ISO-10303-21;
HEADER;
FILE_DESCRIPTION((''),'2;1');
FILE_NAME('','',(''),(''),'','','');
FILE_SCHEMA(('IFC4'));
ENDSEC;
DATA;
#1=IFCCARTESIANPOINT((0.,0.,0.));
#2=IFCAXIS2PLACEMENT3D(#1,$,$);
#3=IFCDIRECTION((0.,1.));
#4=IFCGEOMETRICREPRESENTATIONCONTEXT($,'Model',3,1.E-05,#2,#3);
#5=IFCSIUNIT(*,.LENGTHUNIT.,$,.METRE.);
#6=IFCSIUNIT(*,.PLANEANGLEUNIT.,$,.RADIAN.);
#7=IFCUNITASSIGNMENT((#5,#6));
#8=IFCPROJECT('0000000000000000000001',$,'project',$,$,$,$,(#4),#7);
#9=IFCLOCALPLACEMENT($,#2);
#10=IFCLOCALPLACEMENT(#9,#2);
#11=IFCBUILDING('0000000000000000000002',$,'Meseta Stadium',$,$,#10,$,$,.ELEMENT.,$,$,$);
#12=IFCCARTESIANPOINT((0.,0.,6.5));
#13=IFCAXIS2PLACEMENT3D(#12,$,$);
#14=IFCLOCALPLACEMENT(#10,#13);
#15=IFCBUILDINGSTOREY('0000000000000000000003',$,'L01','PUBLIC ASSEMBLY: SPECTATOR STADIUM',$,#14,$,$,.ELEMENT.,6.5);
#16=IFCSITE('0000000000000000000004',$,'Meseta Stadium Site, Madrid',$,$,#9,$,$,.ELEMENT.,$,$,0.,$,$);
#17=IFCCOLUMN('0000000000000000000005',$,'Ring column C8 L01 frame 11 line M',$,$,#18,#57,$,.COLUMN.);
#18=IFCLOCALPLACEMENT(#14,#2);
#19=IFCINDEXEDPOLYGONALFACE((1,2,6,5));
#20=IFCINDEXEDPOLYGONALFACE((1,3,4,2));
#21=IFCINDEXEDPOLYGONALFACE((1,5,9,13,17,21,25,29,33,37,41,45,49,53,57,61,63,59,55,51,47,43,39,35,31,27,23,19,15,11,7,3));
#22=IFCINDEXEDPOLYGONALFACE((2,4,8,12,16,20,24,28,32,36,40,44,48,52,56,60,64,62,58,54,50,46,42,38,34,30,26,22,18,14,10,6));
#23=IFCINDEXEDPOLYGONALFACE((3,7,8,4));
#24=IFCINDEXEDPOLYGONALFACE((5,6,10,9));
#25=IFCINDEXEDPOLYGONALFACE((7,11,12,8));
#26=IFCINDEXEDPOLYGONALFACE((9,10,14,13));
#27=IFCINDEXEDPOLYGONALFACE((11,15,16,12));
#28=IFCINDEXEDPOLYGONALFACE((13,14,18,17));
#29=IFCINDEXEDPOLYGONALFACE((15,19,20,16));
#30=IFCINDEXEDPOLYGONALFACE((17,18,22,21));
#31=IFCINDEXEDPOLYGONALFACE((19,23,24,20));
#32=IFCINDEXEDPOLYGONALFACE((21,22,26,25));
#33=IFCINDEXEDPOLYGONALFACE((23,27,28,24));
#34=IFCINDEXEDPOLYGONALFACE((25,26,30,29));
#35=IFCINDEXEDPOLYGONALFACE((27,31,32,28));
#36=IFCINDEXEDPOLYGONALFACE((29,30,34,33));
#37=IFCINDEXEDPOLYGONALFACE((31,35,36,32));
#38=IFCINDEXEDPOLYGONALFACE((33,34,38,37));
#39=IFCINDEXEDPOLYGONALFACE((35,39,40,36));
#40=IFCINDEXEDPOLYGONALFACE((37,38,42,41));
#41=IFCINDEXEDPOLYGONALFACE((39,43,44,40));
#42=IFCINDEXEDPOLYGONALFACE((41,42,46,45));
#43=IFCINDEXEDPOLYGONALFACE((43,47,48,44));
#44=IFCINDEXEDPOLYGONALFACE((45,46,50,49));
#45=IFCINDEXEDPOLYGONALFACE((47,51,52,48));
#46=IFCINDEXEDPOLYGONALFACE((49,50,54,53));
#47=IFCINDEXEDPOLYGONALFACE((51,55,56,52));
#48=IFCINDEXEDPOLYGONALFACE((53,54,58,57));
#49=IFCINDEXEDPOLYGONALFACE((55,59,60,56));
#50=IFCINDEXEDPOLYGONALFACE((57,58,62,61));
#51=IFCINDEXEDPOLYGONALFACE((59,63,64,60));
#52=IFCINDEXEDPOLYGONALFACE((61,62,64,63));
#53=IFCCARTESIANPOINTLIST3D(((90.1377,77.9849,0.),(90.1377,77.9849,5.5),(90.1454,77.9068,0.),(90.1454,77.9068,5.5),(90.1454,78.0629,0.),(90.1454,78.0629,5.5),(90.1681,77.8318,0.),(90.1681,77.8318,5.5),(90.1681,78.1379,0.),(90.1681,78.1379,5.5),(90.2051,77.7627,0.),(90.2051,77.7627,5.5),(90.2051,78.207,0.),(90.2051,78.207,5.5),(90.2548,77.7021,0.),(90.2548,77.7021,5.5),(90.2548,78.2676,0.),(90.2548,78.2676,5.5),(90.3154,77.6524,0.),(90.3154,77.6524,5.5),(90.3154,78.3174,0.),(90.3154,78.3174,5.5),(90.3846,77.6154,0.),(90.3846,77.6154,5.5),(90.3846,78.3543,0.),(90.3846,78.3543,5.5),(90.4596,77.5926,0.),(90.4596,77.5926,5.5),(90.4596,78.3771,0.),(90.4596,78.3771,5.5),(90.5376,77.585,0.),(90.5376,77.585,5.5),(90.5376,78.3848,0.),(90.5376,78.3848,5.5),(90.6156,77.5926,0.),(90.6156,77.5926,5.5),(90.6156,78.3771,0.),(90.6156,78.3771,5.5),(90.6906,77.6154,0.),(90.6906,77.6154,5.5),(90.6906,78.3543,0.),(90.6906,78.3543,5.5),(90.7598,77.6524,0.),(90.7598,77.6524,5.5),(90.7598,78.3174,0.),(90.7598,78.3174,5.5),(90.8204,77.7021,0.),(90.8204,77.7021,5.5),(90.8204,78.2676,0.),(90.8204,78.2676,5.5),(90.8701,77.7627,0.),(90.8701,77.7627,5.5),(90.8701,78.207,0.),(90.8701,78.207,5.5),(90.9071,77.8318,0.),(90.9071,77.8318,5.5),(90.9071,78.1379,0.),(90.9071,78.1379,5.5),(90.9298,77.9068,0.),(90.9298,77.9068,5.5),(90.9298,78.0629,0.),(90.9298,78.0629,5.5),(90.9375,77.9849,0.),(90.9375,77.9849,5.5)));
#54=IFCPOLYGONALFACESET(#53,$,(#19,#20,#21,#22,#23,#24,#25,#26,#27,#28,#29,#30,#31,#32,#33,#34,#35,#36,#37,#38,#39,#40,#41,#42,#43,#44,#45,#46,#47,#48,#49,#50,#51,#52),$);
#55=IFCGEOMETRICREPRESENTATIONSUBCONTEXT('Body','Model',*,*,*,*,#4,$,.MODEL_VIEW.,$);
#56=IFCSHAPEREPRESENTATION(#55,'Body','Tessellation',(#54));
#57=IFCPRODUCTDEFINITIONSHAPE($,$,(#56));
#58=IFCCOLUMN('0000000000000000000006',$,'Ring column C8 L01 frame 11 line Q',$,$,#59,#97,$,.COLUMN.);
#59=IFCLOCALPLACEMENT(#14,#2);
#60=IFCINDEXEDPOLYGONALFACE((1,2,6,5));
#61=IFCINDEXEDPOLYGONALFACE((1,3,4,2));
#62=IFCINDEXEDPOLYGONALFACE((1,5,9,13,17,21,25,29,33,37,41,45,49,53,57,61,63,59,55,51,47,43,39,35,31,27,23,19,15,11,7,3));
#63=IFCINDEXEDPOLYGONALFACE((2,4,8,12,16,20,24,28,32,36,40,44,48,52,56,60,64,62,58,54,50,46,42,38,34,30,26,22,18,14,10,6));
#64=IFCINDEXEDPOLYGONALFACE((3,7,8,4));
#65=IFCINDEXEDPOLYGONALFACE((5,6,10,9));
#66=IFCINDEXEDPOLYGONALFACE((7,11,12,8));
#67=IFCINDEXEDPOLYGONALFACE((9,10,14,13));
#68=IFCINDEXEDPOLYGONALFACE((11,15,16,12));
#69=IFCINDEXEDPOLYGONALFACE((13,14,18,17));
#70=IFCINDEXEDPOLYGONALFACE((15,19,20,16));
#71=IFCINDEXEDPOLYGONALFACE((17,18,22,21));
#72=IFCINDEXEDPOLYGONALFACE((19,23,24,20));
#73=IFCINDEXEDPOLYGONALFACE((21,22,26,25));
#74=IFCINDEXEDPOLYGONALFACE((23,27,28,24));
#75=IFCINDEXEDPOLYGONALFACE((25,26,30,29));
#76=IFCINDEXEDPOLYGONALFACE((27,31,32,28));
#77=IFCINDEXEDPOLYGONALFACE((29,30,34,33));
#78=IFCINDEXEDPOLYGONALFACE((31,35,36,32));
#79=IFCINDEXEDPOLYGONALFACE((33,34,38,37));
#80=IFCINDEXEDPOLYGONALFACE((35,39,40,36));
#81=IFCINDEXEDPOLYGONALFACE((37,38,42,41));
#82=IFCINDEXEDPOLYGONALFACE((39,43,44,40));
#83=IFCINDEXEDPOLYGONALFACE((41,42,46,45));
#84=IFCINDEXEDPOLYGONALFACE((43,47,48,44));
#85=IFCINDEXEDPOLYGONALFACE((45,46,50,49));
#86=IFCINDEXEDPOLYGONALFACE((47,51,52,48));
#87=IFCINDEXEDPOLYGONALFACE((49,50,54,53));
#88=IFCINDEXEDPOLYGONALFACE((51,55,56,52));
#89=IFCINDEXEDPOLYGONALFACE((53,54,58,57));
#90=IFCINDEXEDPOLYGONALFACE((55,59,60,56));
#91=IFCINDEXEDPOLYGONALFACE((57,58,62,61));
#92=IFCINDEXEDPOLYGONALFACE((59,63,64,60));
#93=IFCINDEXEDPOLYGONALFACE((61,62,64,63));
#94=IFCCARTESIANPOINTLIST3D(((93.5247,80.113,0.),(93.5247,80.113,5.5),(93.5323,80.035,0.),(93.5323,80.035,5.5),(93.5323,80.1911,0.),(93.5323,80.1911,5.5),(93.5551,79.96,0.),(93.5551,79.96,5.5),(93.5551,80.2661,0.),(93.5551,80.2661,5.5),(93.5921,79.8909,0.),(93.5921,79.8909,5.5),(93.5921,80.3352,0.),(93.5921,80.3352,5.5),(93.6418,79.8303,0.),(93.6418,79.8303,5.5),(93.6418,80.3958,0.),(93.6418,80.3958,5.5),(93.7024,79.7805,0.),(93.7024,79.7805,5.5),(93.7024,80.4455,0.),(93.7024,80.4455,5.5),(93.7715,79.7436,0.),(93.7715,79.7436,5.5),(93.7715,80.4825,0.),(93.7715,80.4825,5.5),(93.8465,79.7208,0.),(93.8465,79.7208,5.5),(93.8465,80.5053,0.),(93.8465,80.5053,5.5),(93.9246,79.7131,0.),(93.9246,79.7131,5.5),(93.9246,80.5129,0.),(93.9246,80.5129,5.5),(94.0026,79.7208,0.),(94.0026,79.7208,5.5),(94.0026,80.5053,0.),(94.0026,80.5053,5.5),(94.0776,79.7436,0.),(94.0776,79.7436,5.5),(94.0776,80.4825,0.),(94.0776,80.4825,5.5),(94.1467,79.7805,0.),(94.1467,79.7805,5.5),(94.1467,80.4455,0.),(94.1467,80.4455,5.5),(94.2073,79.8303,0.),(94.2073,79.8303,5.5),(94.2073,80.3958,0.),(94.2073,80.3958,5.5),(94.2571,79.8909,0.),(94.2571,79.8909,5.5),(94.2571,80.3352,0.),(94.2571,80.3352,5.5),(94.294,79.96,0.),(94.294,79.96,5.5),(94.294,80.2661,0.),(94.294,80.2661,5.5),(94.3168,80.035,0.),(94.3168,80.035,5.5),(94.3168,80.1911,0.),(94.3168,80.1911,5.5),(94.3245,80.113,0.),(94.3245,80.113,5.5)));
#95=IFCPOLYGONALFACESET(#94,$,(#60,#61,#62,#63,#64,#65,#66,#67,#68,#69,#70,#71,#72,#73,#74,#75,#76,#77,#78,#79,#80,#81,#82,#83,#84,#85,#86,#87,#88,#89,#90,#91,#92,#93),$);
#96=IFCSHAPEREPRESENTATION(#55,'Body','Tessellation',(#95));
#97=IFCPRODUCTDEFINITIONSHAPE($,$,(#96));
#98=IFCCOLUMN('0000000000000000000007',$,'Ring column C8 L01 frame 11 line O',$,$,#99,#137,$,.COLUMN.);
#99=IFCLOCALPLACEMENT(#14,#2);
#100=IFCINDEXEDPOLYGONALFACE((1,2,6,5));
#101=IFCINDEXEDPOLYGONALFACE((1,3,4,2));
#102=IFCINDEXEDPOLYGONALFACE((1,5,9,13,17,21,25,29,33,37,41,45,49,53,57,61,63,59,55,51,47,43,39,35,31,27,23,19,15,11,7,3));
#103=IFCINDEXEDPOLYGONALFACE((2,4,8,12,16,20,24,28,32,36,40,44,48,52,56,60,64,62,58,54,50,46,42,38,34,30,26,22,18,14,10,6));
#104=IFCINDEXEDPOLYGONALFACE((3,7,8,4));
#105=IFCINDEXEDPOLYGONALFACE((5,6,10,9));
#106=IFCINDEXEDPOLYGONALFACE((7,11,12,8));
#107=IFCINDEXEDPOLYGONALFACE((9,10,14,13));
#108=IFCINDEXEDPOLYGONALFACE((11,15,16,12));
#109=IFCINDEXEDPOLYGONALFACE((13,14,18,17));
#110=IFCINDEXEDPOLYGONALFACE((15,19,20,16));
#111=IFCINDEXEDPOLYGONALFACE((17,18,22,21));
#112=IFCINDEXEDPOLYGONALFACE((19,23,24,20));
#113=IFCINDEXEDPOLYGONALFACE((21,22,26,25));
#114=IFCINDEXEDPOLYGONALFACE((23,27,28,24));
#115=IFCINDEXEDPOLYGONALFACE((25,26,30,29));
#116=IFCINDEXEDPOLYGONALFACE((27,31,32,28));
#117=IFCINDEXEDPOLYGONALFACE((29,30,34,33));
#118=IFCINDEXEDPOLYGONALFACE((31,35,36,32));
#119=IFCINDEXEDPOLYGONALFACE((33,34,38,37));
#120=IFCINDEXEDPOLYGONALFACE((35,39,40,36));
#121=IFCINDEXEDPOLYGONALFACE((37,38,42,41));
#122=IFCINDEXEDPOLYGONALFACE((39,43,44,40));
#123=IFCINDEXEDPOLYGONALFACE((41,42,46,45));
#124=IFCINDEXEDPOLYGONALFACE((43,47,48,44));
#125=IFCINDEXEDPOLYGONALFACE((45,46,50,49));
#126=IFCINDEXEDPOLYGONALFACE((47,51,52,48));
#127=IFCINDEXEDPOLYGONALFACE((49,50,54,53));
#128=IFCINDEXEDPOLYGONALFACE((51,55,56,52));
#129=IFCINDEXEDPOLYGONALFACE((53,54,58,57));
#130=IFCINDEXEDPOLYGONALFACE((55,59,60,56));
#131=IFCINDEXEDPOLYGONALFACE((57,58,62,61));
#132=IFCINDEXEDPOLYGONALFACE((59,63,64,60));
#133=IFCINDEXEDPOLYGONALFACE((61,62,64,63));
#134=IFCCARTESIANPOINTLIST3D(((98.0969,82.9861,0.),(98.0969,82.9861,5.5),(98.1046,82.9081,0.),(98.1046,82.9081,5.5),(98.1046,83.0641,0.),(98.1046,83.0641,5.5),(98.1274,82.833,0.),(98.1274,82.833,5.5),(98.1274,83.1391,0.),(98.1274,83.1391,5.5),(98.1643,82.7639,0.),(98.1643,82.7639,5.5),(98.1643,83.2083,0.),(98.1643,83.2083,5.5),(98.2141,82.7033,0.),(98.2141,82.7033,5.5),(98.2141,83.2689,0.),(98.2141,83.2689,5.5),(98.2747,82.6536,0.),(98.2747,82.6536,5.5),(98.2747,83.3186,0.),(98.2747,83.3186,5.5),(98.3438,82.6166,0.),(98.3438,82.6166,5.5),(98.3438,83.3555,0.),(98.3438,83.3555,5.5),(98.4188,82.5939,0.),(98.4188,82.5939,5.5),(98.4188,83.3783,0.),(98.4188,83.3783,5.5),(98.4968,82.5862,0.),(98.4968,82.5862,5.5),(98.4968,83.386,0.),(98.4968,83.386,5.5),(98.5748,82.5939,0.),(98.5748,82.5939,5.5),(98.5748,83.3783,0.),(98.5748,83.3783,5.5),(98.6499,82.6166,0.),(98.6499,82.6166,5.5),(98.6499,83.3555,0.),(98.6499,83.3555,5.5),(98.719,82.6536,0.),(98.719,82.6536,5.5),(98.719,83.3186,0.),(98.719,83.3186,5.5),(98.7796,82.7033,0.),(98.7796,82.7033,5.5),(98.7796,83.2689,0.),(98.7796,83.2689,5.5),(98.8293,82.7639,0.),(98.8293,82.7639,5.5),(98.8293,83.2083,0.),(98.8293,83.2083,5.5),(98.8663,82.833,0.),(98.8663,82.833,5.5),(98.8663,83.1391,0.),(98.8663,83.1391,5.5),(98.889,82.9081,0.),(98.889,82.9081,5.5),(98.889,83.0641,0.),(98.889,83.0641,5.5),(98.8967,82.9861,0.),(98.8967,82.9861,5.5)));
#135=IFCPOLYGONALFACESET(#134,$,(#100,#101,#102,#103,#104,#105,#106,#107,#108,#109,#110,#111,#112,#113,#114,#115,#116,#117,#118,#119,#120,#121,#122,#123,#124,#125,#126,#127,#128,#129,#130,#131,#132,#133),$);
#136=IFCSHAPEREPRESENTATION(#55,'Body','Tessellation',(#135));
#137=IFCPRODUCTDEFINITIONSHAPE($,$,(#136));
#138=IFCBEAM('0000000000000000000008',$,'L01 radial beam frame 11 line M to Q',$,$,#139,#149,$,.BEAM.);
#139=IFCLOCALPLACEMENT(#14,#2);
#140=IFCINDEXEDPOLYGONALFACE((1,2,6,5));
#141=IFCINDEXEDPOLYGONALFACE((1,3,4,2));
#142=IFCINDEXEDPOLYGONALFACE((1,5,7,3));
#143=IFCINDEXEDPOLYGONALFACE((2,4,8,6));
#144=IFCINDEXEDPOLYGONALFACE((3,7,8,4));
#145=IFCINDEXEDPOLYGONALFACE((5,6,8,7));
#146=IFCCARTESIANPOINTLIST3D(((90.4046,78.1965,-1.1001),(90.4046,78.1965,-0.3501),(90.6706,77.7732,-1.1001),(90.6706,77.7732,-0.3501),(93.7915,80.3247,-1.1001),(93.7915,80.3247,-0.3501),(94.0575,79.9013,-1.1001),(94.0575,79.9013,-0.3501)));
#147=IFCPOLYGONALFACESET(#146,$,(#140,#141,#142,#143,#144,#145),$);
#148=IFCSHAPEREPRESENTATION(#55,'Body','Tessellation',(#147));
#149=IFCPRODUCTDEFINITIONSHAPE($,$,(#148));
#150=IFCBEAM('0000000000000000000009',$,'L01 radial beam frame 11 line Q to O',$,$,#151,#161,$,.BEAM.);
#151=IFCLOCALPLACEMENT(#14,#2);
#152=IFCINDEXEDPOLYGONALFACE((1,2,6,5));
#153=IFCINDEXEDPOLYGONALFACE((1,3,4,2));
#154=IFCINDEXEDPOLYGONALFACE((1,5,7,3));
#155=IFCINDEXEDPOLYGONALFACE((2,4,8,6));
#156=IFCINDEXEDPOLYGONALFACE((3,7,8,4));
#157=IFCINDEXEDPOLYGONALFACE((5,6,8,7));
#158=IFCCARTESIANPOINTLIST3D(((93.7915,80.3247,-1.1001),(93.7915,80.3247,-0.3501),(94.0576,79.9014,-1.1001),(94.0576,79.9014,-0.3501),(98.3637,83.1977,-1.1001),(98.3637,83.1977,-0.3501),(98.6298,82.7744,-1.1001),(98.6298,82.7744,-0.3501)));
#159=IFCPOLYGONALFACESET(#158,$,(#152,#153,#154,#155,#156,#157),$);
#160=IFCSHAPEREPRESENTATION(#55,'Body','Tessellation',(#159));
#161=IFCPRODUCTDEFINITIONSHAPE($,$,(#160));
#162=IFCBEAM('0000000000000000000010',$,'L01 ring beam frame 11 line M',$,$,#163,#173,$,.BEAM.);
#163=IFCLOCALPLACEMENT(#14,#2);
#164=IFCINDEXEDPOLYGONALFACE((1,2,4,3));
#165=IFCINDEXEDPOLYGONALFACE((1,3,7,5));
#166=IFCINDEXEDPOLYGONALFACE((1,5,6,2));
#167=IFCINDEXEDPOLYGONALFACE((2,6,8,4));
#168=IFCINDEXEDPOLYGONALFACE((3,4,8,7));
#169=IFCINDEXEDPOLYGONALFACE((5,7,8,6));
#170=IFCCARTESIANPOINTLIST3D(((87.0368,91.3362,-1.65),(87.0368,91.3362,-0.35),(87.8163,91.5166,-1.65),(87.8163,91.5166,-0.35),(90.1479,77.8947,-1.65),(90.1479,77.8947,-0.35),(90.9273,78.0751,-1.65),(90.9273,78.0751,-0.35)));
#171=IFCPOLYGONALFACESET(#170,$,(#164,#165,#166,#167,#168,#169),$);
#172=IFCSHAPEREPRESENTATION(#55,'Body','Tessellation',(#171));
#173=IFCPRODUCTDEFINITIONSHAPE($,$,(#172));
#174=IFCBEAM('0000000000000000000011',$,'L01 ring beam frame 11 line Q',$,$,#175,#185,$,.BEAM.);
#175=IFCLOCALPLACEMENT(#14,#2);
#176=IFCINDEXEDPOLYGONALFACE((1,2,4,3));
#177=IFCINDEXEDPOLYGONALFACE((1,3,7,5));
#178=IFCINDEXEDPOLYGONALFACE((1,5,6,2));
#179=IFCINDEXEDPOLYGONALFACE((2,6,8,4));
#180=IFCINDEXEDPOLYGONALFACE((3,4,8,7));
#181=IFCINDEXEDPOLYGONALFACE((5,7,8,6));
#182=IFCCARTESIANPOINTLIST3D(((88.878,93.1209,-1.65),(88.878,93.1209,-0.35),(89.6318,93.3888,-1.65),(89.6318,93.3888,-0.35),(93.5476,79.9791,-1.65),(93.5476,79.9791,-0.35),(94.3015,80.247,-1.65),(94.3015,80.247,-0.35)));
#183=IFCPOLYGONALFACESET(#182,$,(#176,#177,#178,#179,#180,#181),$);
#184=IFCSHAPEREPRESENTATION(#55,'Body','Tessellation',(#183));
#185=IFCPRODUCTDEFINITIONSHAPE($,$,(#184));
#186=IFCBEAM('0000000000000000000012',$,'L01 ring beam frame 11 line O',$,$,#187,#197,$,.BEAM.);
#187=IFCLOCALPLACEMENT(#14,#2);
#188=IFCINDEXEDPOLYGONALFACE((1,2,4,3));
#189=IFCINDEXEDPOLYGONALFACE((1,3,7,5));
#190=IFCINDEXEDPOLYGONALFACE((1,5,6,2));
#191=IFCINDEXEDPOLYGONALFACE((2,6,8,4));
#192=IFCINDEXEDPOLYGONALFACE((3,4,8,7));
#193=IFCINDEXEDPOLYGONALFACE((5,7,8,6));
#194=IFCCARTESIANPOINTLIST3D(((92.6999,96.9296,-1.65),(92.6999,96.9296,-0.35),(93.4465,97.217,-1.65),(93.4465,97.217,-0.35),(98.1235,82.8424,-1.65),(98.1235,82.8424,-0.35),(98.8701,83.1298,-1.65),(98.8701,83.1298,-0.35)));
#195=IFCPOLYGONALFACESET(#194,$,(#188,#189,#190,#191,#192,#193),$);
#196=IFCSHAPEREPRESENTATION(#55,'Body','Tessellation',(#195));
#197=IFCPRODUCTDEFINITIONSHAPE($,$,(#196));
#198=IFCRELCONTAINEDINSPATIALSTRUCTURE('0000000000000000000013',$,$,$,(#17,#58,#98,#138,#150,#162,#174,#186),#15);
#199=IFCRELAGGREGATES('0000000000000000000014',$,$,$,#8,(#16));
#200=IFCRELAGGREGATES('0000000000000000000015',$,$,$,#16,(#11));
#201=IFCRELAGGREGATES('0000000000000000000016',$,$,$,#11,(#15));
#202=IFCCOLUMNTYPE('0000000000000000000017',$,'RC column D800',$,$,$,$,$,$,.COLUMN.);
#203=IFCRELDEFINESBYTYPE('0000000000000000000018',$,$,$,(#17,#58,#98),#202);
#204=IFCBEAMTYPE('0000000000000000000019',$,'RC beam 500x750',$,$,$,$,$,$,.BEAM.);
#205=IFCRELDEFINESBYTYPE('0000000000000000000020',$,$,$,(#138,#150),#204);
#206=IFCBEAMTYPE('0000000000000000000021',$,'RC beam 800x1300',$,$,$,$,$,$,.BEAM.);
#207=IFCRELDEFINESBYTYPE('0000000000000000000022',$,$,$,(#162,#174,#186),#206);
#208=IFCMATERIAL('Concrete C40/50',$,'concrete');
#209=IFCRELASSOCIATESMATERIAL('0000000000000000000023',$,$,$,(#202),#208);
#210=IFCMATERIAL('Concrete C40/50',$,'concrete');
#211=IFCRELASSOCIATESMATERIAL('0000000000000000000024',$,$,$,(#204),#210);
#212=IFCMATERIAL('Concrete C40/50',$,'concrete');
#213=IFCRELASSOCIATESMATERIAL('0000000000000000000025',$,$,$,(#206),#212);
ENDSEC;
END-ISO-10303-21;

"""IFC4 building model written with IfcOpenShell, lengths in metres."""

from ifc_helpers import new_model, si_unit, direction, frame, origin, origin_2d, place, context, subcontext, project, spatial, rectangle, circle, extrude, material, material_profile, profile_set, type_object, element, save


model = new_model("IFC4")

# Units and contexts
model_context = context("Model", 3, precision=1e-05, world=origin(), true_north=direction((0.0, 1.0)))
body_context = subcontext(model_context, "Body", "Model", "MODEL_VIEW")
ifc_project = project(units=[si_unit("LENGTHUNIT", "METRE"), si_unit("PLANEANGLEUNIT", "RADIAN")], contexts=[model_context])

# Site, building, storey
site_placement = place(None, origin())
site = spatial("IfcSite", under=ifc_project, at=site_placement, Name="Meseta Stadium Site, Madrid", CompositionType="ELEMENT", RefElevation=0.0)
building_placement = place(site_placement, origin())
building = spatial("IfcBuilding", under=site, at=building_placement, Name="Meseta Stadium", CompositionType="ELEMENT")
storey_placement = place(building_placement, frame((0.0, 0.0, 6.5)))
storey = spatial("IfcBuildingStorey", under=building, at=storey_placement, Name="L01", Description="PUBLIC ASSEMBLY: SPECTATOR STADIUM", CompositionType="ELEMENT", Elevation=6.5)

# Columns
ifc_material_1 = material(Name="Concrete C40/50", Category="concrete")
ifc_material_profile_1 = material_profile(ifc_material_1, circle(Radius=0.3999, at=origin_2d()), Name="RC D800")
ifc_profile_set_1 = profile_set([ifc_material_profile_1], Name="Concrete C40/50")
column_type = type_object("IfcColumnType", Name="RC column D800", PredefinedType="COLUMN", material=ifc_profile_set_1)
for number, where, z_axis, x_axis, name in (
    (1, (90.5376, 77.9849, 0.0), (0.0, 0.0, 1.0), (1.0, 0.0, 0.0), "Ring column C8 L01 frame 11 line M"),
    (2, (93.9246, 80.113, 0.0), (0.0, 0.0, 1.0), (1.0, 0.0, 0.0), "Ring column C8 L01 frame 11 line Q"),
    (3, (98.4968, 82.9861, 0.0), (0.0, 0.0, 1.0), (1.0, 0.0, 0.0), "Ring column C8 L01 frame 11 line O"),
):
    element("IfcColumn", number, at=place(storey_placement, frame(where, z_axis=z_axis, x_axis=x_axis)), inside=storey, type_object=column_type, Name=name, PredefinedType="COLUMN", context=body_context, shape_type="SweptSolid", body=[
        extrude(circle(Radius=0.3999, at=origin_2d()), origin(), (0.0, 0.0, 1.0), 5.5),
    ])

# Beams
ifc_material_2 = material(Name="Concrete C40/50", Category="concrete")
ifc_material_profile_2 = material_profile(ifc_material_2, rectangle(XDim=0.5, YDim=0.75, at=origin_2d()), Name="RC 500x750")
ifc_profile_set_2 = profile_set([ifc_material_profile_2], Name="Concrete C40/50")
beam_type_1 = type_object("IfcBeamType", Name="RC beam 500x750", PredefinedType="BEAM", material=ifc_profile_set_2)
beam_1_placement = place(storey_placement, frame((90.5376, 77.9849, -0.7251), z_axis=(0.846724, 0.532033, 0.0), x_axis=(-0.532033, 0.846724, 0.0)))
element("IfcBeam", 4, at=beam_1_placement, inside=storey, type_object=beam_type_1, Name="L01 radial beam frame 11 line M to Q", PredefinedType="BEAM", context=body_context, shape_type="SweptSolid", body=[
    extrude(rectangle(XDim=0.5, YDim=0.75, at=origin_2d()), origin(), (0.0, 0.0, 1.0), 4.0),
])
beam_2_placement = place(storey_placement, frame((93.9246, 80.113, -0.7251), z_axis=(0.846716, 0.532046, 0.0), x_axis=(-0.532046, 0.846716, 0.0)))
element("IfcBeam", 5, at=beam_2_placement, inside=storey, type_object=beam_type_1, Name="L01 radial beam frame 11 line Q to O", PredefinedType="BEAM", context=body_context, shape_type="SweptSolid", body=[
    extrude(rectangle(XDim=0.5, YDim=0.75, at=origin_2d()), origin(), (0.0, 0.0, 1.0), 5.3999),
])
ifc_material_3 = material(Name="Concrete C40/50", Category="concrete")
ifc_material_profile_3 = material_profile(ifc_material_3, rectangle(XDim=0.8, YDim=1.3, at=origin_2d()), Name="RC 800x1300")
ifc_profile_set_3 = profile_set([ifc_material_profile_3], Name="Concrete C40/50")
beam_type_2 = type_object("IfcBeamType", Name="RC beam 800x1300", PredefinedType="BEAM", material=ifc_profile_set_3)
beam_3_placement = place(storey_placement, frame((90.5376, 77.9849, -1.0), z_axis=(-0.22549, 0.974245, 0.0), x_axis=(-0.974245, -0.22549, 0.0)))
element("IfcBeam", 6, at=beam_3_placement, inside=storey, type_object=beam_type_2, Name="L01 ring beam frame 11 line M", PredefinedType="BEAM", context=body_context, shape_type="SweptSolid", body=[
    extrude(rectangle(XDim=0.8, YDim=1.3, at=origin_2d()), origin(), (0.0, 0.0, 1.0), 13.7969),
])
beam_4_placement = place(storey_placement, frame((93.9246, 80.113, -1.0), z_axis=(-0.33482, 0.942282, 0.0), x_axis=(-0.942282, -0.33482, 0.0)))
element("IfcBeam", 7, at=beam_4_placement, inside=storey, type_object=beam_type_2, Name="L01 ring beam frame 11 line Q", PredefinedType="BEAM", context=body_context, shape_type="SweptSolid", body=[
    extrude(rectangle(XDim=0.8, YDim=1.3, at=origin_2d()), origin(), (0.0, 0.0, 1.0), 13.9468),
])
beam_5_placement = place(storey_placement, frame((98.4968, 82.9861, -1.0), z_axis=(-0.359293, 0.933225, 0.0), x_axis=(-0.933225, -0.359293, 0.0)))
element("IfcBeam", 8, at=beam_5_placement, inside=storey, type_object=beam_type_2, Name="L01 ring beam frame 11 line O", PredefinedType="BEAM", context=body_context, shape_type="SweptSolid", body=[
    extrude(rectangle(XDim=0.8, YDim=1.3, at=origin_2d()), origin(), (0.0, 0.0, 1.0), 15.0952),
])

save(model, "model.ifc")
